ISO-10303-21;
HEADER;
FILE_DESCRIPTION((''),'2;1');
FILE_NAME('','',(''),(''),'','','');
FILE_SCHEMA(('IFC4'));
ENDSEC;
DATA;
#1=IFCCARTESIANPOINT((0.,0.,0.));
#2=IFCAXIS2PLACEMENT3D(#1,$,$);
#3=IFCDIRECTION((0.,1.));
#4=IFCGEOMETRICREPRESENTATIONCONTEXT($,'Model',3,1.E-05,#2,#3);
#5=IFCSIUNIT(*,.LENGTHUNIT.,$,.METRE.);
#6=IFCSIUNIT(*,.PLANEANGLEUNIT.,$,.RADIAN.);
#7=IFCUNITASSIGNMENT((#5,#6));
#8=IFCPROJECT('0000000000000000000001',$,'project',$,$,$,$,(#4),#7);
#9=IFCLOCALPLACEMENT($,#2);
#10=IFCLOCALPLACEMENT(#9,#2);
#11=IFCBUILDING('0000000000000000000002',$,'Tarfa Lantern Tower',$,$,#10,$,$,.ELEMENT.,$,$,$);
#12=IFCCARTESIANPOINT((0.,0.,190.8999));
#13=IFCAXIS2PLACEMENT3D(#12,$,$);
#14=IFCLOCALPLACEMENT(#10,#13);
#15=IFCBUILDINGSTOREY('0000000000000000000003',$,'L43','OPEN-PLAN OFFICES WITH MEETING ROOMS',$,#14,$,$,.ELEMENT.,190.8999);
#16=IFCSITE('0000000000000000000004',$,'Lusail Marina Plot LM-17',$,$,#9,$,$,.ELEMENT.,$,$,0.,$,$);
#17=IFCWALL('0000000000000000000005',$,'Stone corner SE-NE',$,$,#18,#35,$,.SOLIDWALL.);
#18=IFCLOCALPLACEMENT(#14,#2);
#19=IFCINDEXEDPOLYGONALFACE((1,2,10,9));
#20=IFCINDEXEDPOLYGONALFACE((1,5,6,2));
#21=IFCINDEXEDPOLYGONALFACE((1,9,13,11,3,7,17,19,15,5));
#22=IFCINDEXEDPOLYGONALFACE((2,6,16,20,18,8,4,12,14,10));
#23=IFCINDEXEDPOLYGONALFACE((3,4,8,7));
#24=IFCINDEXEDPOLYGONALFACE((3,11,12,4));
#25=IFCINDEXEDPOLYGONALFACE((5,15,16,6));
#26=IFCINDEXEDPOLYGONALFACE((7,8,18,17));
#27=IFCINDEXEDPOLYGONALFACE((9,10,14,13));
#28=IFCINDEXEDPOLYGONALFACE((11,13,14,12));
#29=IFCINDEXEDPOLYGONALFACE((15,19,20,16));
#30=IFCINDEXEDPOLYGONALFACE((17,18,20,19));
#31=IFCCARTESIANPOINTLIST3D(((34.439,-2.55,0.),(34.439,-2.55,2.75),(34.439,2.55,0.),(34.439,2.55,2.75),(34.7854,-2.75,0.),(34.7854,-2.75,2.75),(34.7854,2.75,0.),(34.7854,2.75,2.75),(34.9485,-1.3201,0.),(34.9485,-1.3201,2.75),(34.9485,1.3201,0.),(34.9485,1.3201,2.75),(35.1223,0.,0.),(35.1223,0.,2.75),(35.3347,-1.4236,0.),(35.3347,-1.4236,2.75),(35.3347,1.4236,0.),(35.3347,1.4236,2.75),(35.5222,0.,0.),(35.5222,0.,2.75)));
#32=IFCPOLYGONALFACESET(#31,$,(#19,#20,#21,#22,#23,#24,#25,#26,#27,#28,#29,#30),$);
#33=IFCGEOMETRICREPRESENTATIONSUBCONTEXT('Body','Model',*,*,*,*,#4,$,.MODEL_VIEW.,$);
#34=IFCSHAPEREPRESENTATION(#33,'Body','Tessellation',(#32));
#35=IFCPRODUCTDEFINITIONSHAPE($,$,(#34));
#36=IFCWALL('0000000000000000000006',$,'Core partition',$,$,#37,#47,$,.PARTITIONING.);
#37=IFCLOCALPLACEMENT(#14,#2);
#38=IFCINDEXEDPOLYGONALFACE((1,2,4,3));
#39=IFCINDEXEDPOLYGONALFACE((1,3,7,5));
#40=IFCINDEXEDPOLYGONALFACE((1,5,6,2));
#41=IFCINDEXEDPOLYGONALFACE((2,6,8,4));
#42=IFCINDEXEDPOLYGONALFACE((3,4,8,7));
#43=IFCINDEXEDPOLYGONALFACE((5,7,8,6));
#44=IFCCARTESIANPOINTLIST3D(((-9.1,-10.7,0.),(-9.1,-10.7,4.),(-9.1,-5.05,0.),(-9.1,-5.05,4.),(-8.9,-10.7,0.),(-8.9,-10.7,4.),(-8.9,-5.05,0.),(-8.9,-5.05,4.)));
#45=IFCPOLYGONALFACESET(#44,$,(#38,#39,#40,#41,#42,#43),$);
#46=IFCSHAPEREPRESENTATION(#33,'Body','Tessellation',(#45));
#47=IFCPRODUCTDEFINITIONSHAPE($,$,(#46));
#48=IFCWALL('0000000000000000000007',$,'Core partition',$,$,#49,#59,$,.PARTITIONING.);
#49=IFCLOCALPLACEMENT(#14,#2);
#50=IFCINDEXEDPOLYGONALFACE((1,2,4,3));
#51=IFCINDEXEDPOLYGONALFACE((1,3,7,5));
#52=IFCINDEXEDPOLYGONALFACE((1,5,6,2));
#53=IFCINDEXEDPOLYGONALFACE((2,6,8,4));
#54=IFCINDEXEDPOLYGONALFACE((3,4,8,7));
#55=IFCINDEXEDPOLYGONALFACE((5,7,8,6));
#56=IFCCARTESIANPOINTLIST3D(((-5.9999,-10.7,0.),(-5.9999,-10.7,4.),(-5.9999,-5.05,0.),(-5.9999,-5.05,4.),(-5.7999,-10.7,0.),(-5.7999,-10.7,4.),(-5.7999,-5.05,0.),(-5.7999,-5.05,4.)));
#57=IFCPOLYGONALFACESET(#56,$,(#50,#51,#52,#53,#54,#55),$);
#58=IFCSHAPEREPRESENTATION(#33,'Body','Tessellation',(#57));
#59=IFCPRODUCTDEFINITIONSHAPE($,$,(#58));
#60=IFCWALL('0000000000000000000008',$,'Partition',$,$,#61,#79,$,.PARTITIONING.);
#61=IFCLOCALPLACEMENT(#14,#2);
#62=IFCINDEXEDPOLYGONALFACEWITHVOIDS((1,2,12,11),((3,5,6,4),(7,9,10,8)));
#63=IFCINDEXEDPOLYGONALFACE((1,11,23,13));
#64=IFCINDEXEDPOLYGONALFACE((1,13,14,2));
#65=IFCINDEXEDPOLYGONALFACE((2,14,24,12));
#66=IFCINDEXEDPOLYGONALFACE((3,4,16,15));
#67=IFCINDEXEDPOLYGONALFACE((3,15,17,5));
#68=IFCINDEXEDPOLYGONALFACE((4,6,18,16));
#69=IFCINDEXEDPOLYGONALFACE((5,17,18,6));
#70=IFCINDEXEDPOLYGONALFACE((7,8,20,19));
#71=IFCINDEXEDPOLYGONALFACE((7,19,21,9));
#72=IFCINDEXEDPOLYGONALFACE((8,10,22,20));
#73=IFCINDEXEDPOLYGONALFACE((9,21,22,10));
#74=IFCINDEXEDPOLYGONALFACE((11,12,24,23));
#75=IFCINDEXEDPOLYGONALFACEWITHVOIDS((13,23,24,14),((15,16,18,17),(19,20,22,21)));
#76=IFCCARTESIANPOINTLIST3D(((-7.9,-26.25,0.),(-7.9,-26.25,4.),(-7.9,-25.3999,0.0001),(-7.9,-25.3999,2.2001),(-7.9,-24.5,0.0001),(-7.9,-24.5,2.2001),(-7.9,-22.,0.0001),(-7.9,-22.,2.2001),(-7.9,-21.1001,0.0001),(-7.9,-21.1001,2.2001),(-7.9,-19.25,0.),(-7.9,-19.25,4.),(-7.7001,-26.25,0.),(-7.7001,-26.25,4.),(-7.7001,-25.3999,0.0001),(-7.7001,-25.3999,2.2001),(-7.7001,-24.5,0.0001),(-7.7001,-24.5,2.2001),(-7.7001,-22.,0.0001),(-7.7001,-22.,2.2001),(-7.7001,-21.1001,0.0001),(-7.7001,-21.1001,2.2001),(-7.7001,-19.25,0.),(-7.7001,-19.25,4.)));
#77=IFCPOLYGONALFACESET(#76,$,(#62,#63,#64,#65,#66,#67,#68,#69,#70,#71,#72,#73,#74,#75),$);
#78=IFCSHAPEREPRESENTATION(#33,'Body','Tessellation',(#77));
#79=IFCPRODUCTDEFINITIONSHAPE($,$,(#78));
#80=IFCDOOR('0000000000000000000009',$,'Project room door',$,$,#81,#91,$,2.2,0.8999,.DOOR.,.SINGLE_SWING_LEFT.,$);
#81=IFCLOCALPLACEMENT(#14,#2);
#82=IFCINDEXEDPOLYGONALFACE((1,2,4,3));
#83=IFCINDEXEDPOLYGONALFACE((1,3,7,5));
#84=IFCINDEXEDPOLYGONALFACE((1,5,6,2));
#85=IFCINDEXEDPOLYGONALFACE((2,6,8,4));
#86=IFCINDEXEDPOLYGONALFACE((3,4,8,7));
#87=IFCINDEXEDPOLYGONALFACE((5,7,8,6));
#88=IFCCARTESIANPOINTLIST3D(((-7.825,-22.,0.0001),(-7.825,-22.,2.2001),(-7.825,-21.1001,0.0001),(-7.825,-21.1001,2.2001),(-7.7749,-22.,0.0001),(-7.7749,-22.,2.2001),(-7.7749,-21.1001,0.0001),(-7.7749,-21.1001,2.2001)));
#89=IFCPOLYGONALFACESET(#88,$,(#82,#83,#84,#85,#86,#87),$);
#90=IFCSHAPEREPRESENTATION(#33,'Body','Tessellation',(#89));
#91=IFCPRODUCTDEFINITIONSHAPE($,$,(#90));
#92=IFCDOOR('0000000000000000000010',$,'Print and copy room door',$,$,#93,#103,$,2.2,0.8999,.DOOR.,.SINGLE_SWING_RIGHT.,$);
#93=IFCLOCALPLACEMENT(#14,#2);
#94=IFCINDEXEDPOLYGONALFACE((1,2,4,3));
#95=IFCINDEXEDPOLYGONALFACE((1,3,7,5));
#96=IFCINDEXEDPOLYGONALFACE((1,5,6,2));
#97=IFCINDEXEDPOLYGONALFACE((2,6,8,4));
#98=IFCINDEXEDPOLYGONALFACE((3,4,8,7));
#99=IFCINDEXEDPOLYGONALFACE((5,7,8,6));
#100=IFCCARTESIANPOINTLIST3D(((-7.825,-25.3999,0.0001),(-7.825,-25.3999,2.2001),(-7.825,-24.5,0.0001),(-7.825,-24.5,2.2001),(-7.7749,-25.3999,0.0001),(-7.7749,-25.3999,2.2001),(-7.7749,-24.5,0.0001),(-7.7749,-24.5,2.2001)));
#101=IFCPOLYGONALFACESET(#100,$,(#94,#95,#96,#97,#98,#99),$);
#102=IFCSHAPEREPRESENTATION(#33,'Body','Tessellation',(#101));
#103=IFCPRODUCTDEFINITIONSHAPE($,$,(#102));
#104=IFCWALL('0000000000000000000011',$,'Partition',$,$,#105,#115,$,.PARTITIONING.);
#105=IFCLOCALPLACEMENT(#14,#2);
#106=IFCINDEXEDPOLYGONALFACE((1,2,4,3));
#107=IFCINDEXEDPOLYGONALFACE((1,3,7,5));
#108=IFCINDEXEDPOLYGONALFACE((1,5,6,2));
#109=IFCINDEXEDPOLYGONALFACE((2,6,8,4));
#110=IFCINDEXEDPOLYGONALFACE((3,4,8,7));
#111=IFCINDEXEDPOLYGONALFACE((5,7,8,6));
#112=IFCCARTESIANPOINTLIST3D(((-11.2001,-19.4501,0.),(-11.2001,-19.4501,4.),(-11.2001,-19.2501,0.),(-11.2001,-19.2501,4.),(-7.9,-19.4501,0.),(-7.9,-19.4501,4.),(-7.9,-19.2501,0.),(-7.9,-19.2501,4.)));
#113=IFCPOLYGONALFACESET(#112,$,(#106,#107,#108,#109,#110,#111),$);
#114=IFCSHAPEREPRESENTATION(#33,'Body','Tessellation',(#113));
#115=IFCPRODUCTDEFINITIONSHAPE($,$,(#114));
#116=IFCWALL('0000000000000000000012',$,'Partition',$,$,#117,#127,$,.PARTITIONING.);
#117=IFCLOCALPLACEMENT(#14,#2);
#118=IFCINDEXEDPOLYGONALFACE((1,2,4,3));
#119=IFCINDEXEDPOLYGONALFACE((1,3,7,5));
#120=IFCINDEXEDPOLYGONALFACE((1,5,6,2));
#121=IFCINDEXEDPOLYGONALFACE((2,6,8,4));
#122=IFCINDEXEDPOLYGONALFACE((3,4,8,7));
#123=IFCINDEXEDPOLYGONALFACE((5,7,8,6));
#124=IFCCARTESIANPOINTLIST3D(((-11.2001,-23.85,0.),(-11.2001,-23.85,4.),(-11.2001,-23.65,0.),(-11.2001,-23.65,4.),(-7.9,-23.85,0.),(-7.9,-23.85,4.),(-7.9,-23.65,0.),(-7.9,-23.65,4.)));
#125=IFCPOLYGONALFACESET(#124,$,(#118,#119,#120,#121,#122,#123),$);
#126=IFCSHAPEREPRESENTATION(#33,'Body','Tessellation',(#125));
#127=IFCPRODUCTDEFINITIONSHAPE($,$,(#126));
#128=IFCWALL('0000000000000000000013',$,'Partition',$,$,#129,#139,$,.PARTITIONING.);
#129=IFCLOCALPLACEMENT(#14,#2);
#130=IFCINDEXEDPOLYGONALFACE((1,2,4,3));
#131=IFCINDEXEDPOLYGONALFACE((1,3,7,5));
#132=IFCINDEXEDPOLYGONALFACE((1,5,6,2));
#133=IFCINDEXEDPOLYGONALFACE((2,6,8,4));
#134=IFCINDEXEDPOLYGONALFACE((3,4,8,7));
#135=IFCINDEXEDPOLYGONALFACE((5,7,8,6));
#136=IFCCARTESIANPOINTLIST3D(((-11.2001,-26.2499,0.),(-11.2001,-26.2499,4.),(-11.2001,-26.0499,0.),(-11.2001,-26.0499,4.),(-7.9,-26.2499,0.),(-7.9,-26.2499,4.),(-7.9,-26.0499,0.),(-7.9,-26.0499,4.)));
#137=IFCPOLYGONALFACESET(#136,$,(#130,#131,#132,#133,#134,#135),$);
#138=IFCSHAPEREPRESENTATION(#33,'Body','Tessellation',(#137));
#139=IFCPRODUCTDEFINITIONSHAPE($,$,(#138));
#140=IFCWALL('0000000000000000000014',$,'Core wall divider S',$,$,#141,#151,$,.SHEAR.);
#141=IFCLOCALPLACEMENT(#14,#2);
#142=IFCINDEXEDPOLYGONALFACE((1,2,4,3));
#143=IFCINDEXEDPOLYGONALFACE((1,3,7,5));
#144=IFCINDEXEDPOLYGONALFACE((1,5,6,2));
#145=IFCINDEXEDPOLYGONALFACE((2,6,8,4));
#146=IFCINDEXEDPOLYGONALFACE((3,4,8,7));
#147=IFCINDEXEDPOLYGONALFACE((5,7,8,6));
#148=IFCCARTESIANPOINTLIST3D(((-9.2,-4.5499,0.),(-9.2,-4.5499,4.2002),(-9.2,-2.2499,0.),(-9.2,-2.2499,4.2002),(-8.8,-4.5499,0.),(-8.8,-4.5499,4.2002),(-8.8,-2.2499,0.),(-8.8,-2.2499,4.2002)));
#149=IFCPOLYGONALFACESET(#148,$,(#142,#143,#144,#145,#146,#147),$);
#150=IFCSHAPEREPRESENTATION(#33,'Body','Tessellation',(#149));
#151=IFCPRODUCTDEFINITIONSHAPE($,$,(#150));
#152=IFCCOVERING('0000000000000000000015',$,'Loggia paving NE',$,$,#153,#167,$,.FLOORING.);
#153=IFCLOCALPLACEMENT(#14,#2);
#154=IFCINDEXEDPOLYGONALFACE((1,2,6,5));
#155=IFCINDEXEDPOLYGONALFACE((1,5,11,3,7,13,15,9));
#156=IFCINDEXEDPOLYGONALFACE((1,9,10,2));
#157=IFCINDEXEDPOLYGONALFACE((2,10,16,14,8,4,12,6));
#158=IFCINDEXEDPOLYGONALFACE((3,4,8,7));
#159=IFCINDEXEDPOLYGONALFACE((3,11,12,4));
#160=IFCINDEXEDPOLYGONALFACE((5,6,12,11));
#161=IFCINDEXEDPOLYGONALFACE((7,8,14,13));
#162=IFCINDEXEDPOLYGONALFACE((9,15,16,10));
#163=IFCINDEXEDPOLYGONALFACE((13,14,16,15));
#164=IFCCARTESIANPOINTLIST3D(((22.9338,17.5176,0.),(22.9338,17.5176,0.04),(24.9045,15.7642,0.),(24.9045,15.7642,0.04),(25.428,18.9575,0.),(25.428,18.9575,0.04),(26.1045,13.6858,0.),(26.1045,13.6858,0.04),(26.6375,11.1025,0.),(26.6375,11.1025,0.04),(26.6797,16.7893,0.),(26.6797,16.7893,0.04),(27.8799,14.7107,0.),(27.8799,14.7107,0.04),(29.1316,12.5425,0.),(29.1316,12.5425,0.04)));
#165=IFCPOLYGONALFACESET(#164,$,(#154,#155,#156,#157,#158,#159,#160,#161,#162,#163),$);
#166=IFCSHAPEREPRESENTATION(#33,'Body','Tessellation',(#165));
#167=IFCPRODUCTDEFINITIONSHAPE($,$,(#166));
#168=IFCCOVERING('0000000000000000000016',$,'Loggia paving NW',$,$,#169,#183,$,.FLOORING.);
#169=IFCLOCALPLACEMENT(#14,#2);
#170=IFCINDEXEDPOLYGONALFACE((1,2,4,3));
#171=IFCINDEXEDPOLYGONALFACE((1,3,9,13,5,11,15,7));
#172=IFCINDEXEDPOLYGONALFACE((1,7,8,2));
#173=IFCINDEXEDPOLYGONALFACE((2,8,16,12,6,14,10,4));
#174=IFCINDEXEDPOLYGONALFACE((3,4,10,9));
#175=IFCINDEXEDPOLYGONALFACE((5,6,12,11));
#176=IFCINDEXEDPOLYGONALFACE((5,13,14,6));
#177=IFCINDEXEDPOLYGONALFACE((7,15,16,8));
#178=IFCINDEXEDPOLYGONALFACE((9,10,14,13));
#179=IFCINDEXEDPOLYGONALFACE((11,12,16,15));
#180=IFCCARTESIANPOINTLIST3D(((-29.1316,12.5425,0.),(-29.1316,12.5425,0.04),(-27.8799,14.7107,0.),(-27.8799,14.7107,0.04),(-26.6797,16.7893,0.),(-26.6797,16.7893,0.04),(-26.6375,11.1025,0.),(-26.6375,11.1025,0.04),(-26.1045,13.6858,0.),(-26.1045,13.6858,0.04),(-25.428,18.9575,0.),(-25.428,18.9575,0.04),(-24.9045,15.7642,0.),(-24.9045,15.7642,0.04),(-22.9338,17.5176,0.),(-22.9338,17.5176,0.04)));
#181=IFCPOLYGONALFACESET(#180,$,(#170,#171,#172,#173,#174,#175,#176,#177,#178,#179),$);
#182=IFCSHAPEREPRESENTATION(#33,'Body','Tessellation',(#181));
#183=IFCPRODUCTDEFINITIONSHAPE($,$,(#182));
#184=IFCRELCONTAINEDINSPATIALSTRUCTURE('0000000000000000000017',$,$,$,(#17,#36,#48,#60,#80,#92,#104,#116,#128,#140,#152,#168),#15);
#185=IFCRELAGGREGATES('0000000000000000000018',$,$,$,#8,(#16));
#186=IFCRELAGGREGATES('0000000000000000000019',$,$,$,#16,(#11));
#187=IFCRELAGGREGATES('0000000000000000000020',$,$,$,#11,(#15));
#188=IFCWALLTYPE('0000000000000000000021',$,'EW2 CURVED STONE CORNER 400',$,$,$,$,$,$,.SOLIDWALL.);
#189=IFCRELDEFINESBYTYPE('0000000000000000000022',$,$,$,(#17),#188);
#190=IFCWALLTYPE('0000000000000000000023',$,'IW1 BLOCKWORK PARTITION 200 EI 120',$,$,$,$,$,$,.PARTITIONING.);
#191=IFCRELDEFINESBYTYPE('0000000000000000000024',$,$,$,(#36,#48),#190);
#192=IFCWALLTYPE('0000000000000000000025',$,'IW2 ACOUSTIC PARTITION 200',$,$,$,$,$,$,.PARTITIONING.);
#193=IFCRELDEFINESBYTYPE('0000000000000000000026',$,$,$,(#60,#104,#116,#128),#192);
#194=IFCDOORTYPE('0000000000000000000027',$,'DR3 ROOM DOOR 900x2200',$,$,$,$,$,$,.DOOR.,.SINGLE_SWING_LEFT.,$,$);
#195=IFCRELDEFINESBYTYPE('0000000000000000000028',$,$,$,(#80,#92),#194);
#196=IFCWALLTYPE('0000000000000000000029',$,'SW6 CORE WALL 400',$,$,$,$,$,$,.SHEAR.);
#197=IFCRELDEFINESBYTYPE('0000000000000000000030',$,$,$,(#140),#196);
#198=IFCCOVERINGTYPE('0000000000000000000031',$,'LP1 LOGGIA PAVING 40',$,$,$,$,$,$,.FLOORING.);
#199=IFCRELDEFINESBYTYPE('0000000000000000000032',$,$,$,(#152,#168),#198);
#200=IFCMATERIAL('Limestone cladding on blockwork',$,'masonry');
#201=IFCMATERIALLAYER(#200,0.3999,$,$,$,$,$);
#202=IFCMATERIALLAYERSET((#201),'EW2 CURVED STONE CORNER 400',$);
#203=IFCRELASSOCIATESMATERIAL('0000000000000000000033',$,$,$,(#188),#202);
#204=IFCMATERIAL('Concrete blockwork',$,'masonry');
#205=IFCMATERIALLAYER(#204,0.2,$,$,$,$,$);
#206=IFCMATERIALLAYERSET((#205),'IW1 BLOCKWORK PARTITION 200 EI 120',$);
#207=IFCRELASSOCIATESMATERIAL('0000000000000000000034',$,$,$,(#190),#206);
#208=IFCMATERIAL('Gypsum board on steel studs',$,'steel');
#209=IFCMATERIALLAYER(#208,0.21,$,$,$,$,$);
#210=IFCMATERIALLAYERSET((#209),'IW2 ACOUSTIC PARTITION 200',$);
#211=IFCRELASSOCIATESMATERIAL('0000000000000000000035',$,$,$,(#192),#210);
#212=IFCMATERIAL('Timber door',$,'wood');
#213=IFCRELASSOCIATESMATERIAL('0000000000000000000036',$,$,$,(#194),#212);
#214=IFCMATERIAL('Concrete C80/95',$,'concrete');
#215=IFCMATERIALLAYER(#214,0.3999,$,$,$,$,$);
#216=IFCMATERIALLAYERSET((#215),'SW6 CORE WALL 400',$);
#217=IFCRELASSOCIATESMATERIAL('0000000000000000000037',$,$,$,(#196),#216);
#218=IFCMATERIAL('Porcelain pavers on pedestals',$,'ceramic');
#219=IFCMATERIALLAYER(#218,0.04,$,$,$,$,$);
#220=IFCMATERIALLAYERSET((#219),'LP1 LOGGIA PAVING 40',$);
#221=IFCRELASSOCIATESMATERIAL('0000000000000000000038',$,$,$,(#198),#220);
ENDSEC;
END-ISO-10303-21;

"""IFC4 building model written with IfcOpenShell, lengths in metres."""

from ifc_helpers import new_model, si_unit, direction, frame, frame_2d, origin, place, context, subcontext, project, spatial, polyline, rectangle, outline, extrude, material, layer, layer_set, type_object, element, fill, save


model = new_model("IFC4")

# Units and contexts
model_context = context("Model", 3, precision=1e-05, world=origin(), true_north=direction((0.0, 1.0)))
body_context = subcontext(model_context, "Body", "Model", "MODEL_VIEW")
ifc_project = project(units=[si_unit("LENGTHUNIT", "METRE"), si_unit("PLANEANGLEUNIT", "RADIAN")], contexts=[model_context])

# Site, building, storey
site_placement = place(None, origin())
site = spatial("IfcSite", under=ifc_project, at=site_placement, Name="Lusail Marina Plot LM-17", CompositionType="ELEMENT", RefElevation=0.0)
building_placement = place(site_placement, origin())
building = spatial("IfcBuilding", under=site, at=building_placement, Name="Tarfa Lantern Tower", CompositionType="ELEMENT")
storey_placement = place(building_placement, frame((0.0, 0.0, 190.8999)))
storey = spatial("IfcBuildingStorey", under=building, at=storey_placement, Name="L43", Description="OPEN-PLAN OFFICES WITH MEETING ROOMS", CompositionType="ELEMENT", Elevation=190.8999)

# Walls
ifc_material_1 = material(Name="Limestone cladding on blockwork", Category="masonry")
ifc_layer_1 = layer(ifc_material_1, 0.3999)
ifc_layer_set_1 = layer_set([ifc_layer_1], Name="EW2 CURVED STONE CORNER 400")
wall_type_1 = type_object("IfcWallType", Name="EW2 CURVED STONE CORNER 400", PredefinedType="SOLIDWALL", material=ifc_layer_set_1)
wall_1_placement = place(storey_placement, origin())
element("IfcWall", 1, at=wall_1_placement, inside=storey, type_object=wall_type_1, Name="Stone corner SE-NE", PredefinedType="SOLIDWALL", context=body_context, shape_type="SweptSolid", body=[
    extrude(outline(polyline([(34.7854, -2.75), (35.3347, -1.4236), (35.5222, 0.0), (35.3347, 1.4236), (34.7854, 2.75), (34.439, 2.55), (34.9485, 1.3201), (35.1223, 0.0), (34.9485, -1.3201), (34.439, -2.55), (34.7854, -2.75)])), origin(), (0.0, 0.0, 1.0), 2.75),
])
ifc_material_2 = material(Name="Concrete blockwork", Category="masonry")
ifc_layer_2 = layer(ifc_material_2, 0.2)
ifc_layer_set_2 = layer_set([ifc_layer_2], Name="IW1 BLOCKWORK PARTITION 200 EI 120")
wall_type_2 = type_object("IfcWallType", Name="IW1 BLOCKWORK PARTITION 200 EI 120", PredefinedType="PARTITIONING", material=ifc_layer_set_2)
for number, where, z_axis, x_axis, name in (
    (2, (-9.0, -5.05, 0.0), (0.0, 0.0, 1.0), (0.0, -1.0, 0.0), "Core partition"),
    (3, (-5.8999, -5.05, 0.0), (0.0, 0.0, 1.0), (0.0, -1.0, 0.0), "Core partition"),
):
    element("IfcWall", number, at=place(storey_placement, frame(where, z_axis=z_axis, x_axis=x_axis)), inside=storey, type_object=wall_type_2, Name=name, PredefinedType="PARTITIONING", context=body_context, shape_type="SweptSolid", body=[
        extrude(rectangle(XDim=5.6499, YDim=0.2, at=frame_2d((2.825, 0.0))), origin(), (0.0, 0.0, 1.0), 4.0),
    ])

# Wall, openings, doors
ifc_material_3 = material(Name="Gypsum board on steel studs", Category="steel")
ifc_layer_3 = layer(ifc_material_3, 0.21)
ifc_layer_set_3 = layer_set([ifc_layer_3], Name="IW2 ACOUSTIC PARTITION 200")
wall_type_3 = type_object("IfcWallType", Name="IW2 ACOUSTIC PARTITION 200", PredefinedType="PARTITIONING", material=ifc_layer_set_3)
wall_2_placement = place(storey_placement, frame((-7.8, -19.25, 0.0), z_axis=(0.0, 0.0, 1.0), x_axis=(0.0, -1.0, 0.0)))
wall_2 = element("IfcWall", 4, at=wall_2_placement, inside=storey, type_object=wall_type_3, Name="Partition", PredefinedType="PARTITIONING", context=body_context, shape_type="SweptSolid", body=[
    extrude(rectangle(XDim=7.0, YDim=0.2, at=frame_2d((3.5, 0.0))), origin(), (0.0, 0.0, 1.0), 4.0),
])
opening_1_placement = place(wall_2_placement, frame((1.8501, 0.0, 0.0)))
opening_1 = element("IfcOpeningElement", 5, at=opening_1_placement, cuts=wall_2, PredefinedType="OPENING", context=body_context, shape_type="SweptSolid", body=[
    extrude(rectangle(XDim=0.8999, YDim=2.2, at=frame_2d((0.45, 1.1001))), frame((0.0, 0.1099, 0.0), z_axis=(0.0, -1.0, 0.0), x_axis=(1.0, 0.0, 0.0)), (0.0, 0.0, 1.0), 0.22),
])
opening_2_placement = place(wall_2_placement, frame((5.25, 0.0, 0.0)))
opening_2 = element("IfcOpeningElement", 6, at=opening_2_placement, cuts=wall_2, PredefinedType="OPENING", context=body_context, shape_type="SweptSolid", body=[
    extrude(rectangle(XDim=0.8999, YDim=2.2, at=frame_2d((0.45, 1.1001))), frame((0.0, 0.1099, 0.0), z_axis=(0.0, -1.0, 0.0), x_axis=(1.0, 0.0, 0.0)), (0.0, 0.0, 1.0), 0.22),
])
ifc_material_4 = material(Name="Timber door", Category="wood")
door_type = type_object("IfcDoorType", Name="DR3 ROOM DOOR 900x2200", OperationType="SINGLE_SWING_LEFT", PredefinedType="DOOR", material=ifc_material_4)
door_1_placement = place(opening_1_placement, frame((0.8999, 0.0, 0.0), z_axis=(0.0, 0.0, 1.0), x_axis=(-1.0, 0.0, 0.0)))
door_1 = element("IfcDoor", 7, at=door_1_placement, inside=storey, type_object=door_type, Name="Project room door", OperationType="SINGLE_SWING_LEFT", OverallHeight=2.2, OverallWidth=0.8999, PredefinedType="DOOR", context=body_context, shape_type="SweptSolid", body=[
    extrude(rectangle(XDim=0.8999, YDim=2.2, at=frame_2d((0.45, 1.1001))), frame((0.0, 0.0249, 0.0), z_axis=(0.0, -1.0, 0.0), x_axis=(1.0, 0.0, 0.0)), (0.0, 0.0, 1.0), 0.05),
])
fill(opening_1, door_1)
door_2_placement = place(opening_2_placement, frame((0.8999, 0.0, 0.0), z_axis=(0.0, 0.0, 1.0), x_axis=(-1.0, 0.0, 0.0)))
door_2 = element("IfcDoor", 8, at=door_2_placement, inside=storey, type_object=door_type, Name="Print and copy room door", OperationType="SINGLE_SWING_RIGHT", OverallHeight=2.2, OverallWidth=0.8999, PredefinedType="DOOR", context=body_context, shape_type="SweptSolid", body=[
    extrude(rectangle(XDim=0.8999, YDim=2.2, at=frame_2d((0.45, 1.1001))), frame((0.0, 0.0249, 0.0), z_axis=(0.0, -1.0, 0.0), x_axis=(1.0, 0.0, 0.0)), (0.0, 0.0, 1.0), 0.05),
])
fill(opening_2, door_2)

# Walls
for number, where, z_axis, x_axis, name in (
    (9, (-11.2, -19.3501, 0.0), (0.0, 0.0, 1.0), (1.0, 0.0, 0.0), "Partition"),
    (10, (-11.2, -23.75, 0.0), (0.0, 0.0, 1.0), (1.0, 0.0, 0.0), "Partition"),
    (11, (-11.2, -26.1499, 0.0), (0.0, 0.0, 1.0), (1.0, 0.0, 0.0), "Partition"),
):
    element("IfcWall", number, at=place(storey_placement, frame(where, z_axis=z_axis, x_axis=x_axis)), inside=storey, type_object=wall_type_3, Name=name, PredefinedType="PARTITIONING", context=body_context, shape_type="SweptSolid", body=[
        extrude(rectangle(XDim=3.3, YDim=0.2, at=frame_2d((1.6499, 0.0))), origin(), (0.0, 0.0, 1.0), 4.0),
    ])
ifc_material_5 = material(Name="Concrete C80/95", Category="concrete")
ifc_layer_4 = layer(ifc_material_5, 0.3999)
ifc_layer_set_4 = layer_set([ifc_layer_4], Name="SW6 CORE WALL 400")
wall_type_4 = type_object("IfcWallType", Name="SW6 CORE WALL 400", PredefinedType="SHEAR", material=ifc_layer_set_4)
wall_3_placement = place(storey_placement, frame((-9.0, -2.25, 0.0), z_axis=(0.0, 0.0, 1.0), x_axis=(0.0, -1.0, 0.0)))
element("IfcWall", 12, at=wall_3_placement, inside=storey, type_object=wall_type_4, Name="Core wall divider S", PredefinedType="SHEAR", context=body_context, shape_type="SweptSolid", body=[
    extrude(rectangle(XDim=2.3, YDim=0.3999, at=frame_2d((1.1499, 0.0))), origin(), (0.0, 0.0, 1.0), 4.2002),
])

# Coverings
ifc_material_6 = material(Name="Porcelain pavers on pedestals", Category="ceramic")
ifc_layer_5 = layer(ifc_material_6, 0.04)
ifc_layer_set_5 = layer_set([ifc_layer_5], Name="LP1 LOGGIA PAVING 40")
covering_type = type_object("IfcCoveringType", Name="LP1 LOGGIA PAVING 40", PredefinedType="FLOORING", material=ifc_layer_set_5)
covering_1_placement = place(storey_placement, origin())
element("IfcCovering", 13, at=covering_1_placement, inside=storey, type_object=covering_type, Name="Loggia paving NE", PredefinedType="FLOORING", context=body_context, shape_type="SweptSolid", body=[
    extrude(outline(polyline([(29.1316, 12.5425), (26.6375, 11.1025), (22.9338, 17.5176), (25.428, 18.9575), (26.6797, 16.7893), (24.9045, 15.7642), (26.1045, 13.6858), (27.8799, 14.7107), (29.1316, 12.5425)])), origin(), (0.0, 0.0, 1.0), 0.04),
])
covering_2_placement = place(storey_placement, origin())
element("IfcCovering", 14, at=covering_2_placement, inside=storey, type_object=covering_type, Name="Loggia paving NW", PredefinedType="FLOORING", context=body_context, shape_type="SweptSolid", body=[
    extrude(outline(polyline([(-25.428, 18.9575), (-22.9338, 17.5176), (-26.6375, 11.1025), (-29.1316, 12.5425), (-27.8799, 14.7107), (-26.1045, 13.6858), (-24.9045, 15.7642), (-26.6797, 16.7893), (-25.428, 18.9575)])), origin(), (0.0, 0.0, 1.0), 0.04),
])

save(model, "model.ifc")
